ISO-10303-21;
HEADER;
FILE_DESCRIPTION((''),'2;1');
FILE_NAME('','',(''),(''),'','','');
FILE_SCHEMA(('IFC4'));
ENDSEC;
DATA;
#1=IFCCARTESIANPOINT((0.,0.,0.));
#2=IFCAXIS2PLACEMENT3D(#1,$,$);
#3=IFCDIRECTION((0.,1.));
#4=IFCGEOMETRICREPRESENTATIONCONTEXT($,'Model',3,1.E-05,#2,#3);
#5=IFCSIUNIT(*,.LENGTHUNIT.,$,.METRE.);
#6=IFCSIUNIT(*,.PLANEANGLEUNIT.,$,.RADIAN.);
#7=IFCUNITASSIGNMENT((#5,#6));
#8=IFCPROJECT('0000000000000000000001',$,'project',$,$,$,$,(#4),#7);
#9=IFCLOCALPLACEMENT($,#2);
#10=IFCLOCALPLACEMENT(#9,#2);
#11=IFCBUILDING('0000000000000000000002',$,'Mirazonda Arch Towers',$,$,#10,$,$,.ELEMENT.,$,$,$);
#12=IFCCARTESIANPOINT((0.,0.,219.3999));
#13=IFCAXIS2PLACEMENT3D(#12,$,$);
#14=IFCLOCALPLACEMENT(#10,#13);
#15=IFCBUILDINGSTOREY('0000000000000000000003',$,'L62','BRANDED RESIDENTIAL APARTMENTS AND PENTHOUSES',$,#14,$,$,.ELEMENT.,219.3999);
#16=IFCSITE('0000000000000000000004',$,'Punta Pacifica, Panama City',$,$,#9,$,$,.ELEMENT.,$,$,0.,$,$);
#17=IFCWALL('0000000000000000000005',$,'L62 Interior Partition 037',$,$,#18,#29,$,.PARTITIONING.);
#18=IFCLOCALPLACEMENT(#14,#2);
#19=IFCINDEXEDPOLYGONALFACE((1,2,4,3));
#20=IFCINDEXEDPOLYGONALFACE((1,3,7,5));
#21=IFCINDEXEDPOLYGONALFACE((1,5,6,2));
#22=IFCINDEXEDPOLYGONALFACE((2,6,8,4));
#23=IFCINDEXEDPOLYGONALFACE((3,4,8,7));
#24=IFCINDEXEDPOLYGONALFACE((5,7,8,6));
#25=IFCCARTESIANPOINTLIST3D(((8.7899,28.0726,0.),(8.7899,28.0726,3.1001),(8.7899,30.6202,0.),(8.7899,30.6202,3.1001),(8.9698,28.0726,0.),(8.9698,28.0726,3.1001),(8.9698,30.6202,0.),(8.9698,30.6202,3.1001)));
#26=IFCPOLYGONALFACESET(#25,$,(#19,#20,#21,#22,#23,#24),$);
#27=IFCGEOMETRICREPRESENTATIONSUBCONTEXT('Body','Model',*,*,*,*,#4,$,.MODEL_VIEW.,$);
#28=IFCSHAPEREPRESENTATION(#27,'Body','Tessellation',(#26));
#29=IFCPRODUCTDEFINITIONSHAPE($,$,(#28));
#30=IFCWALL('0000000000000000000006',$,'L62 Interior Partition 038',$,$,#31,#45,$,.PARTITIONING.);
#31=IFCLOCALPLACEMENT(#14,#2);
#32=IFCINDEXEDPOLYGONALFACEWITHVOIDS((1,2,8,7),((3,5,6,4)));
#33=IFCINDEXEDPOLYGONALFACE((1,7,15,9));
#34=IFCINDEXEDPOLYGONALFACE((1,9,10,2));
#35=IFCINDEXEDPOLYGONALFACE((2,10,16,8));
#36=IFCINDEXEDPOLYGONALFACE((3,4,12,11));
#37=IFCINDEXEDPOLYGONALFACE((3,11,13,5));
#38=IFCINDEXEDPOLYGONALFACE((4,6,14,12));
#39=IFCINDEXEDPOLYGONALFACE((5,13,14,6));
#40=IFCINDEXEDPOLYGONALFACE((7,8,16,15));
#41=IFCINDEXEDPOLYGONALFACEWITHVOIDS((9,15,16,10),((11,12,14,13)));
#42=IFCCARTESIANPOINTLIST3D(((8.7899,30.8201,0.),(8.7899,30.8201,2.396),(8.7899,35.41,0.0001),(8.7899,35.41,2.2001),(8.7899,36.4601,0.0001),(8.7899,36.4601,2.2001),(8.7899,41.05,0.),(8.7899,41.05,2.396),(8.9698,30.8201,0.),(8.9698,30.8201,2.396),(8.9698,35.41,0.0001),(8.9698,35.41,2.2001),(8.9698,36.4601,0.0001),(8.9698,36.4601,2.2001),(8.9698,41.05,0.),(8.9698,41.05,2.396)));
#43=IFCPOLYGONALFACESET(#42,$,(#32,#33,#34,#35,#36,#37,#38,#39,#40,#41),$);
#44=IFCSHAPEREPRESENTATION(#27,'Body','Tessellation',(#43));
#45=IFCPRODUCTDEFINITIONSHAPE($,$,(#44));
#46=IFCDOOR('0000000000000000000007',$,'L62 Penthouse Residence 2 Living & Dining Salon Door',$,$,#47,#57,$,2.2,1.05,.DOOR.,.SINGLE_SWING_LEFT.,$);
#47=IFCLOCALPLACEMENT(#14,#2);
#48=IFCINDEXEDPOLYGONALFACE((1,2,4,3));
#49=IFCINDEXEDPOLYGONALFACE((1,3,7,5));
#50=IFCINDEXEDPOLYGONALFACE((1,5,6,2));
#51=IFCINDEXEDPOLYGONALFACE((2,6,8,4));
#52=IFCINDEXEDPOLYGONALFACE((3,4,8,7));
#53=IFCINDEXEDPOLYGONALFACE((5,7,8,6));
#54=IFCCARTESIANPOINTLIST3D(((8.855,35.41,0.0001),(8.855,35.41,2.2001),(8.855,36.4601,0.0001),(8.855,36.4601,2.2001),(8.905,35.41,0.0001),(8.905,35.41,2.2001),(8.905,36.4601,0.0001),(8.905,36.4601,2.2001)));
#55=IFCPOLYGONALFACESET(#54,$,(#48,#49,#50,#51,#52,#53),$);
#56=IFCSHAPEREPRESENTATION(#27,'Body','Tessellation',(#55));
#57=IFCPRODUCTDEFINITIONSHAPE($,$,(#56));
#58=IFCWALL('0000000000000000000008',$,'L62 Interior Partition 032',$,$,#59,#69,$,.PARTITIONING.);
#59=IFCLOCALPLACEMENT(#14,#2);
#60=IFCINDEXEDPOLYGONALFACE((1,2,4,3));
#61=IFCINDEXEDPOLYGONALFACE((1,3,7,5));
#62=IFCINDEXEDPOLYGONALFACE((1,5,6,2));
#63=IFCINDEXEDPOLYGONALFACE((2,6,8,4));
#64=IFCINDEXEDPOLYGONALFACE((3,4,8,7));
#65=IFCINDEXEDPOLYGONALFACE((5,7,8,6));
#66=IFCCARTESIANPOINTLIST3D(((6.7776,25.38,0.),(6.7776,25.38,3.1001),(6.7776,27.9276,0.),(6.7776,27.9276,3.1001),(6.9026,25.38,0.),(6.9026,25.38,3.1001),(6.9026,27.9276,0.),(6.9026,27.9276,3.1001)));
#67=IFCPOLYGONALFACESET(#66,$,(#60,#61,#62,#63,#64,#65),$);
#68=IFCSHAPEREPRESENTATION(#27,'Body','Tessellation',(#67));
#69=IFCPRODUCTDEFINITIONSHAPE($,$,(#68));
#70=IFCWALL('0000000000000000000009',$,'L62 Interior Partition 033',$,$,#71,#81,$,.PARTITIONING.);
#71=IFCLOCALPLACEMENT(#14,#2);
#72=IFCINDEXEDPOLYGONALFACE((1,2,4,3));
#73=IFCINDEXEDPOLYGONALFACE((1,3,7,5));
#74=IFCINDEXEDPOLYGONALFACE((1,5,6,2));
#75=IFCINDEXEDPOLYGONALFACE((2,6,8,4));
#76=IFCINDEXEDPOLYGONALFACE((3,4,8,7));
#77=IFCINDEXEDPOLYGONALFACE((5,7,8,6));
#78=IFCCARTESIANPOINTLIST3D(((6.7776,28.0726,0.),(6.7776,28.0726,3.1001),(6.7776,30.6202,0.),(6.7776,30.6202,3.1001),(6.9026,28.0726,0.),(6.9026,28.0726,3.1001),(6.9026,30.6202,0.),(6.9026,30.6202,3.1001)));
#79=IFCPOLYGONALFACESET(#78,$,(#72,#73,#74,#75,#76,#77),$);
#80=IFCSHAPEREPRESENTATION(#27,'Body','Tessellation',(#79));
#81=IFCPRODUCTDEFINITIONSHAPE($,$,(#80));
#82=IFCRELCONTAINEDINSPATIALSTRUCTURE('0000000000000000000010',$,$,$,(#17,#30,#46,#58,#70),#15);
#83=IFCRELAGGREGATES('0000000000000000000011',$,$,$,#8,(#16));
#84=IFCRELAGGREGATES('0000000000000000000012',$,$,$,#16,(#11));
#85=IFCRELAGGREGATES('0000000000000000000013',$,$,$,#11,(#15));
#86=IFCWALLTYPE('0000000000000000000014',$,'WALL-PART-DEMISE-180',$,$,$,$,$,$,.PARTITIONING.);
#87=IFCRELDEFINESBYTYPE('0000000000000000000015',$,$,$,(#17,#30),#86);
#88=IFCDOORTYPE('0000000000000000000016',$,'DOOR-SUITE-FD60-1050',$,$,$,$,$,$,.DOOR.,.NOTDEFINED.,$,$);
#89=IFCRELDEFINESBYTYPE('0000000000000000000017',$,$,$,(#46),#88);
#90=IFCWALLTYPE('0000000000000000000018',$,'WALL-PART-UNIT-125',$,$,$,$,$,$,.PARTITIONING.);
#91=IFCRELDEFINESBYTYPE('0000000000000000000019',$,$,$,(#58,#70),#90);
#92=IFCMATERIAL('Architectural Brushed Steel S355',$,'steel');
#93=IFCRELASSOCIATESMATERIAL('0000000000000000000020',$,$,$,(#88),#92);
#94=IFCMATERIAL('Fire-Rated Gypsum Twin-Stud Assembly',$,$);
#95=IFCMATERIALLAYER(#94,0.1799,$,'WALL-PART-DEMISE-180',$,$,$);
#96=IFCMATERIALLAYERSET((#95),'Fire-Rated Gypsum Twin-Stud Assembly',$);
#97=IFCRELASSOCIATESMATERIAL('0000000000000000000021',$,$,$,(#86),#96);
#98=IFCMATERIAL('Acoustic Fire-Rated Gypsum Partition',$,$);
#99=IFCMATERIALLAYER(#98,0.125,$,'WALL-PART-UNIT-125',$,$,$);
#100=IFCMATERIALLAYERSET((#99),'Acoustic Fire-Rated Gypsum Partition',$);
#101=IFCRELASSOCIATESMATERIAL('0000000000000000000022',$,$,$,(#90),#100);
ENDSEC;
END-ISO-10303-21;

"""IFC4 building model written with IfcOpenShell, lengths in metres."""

from ifc_helpers import new_model, si_unit, direction, frame, frame_2d, origin, place, context, subcontext, project, spatial, rectangle, extrude, material, layer, layer_set, type_object, element, fill, save


model = new_model("IFC4")

# Units and contexts
model_context = context("Model", 3, precision=1e-05, world=origin(), true_north=direction((0.0, 1.0)))
body_context = subcontext(model_context, "Body", "Model", "MODEL_VIEW")
ifc_project = project(units=[si_unit("LENGTHUNIT", "METRE"), si_unit("PLANEANGLEUNIT", "RADIAN")], contexts=[model_context])

# Site, building, storey
site_placement = place(None, origin())
site = spatial("IfcSite", under=ifc_project, at=site_placement, Name="Punta Pacifica, Panama City", CompositionType="ELEMENT", RefElevation=0.0)
building_placement = place(site_placement, origin())
building = spatial("IfcBuilding", under=site, at=building_placement, Name="Mirazonda Arch Towers", CompositionType="ELEMENT")
storey_placement = place(building_placement, frame((0.0, 0.0, 219.3999)))
storey = spatial("IfcBuildingStorey", under=building, at=storey_placement, Name="L62", Description="BRANDED RESIDENTIAL APARTMENTS AND PENTHOUSES", CompositionType="ELEMENT", Elevation=219.3999)

# Shared definitions
ifc_material_1 = material(Name="Architectural Brushed Steel S355", Category="steel")

# Shared definitions
door_type_1 = type_object("IfcDoorType", Name="DOOR-SUITE-FD60-1050", OperationType="NOTDEFINED", PredefinedType="DOOR", material=ifc_material_1)

# Wall
ifc_material_2 = material(Name="Fire-Rated Gypsum Twin-Stud Assembly")
ifc_layer_1 = layer(ifc_material_2, 0.1799, Name="WALL-PART-DEMISE-180")
ifc_layer_set_1 = layer_set([ifc_layer_1], Name="Fire-Rated Gypsum Twin-Stud Assembly")
wall_type_1 = type_object("IfcWallType", Name="WALL-PART-DEMISE-180", PredefinedType="PARTITIONING", material=ifc_layer_set_1)
for number, where, z_axis, x_axis, name in (
    (1, (8.8799, 28.0725, 0.0), (0.0, 0.0, 1.0), (0.0, 1.0, 0.0), "L62 Interior Partition 037"),
):
    element("IfcWall", number, at=place(storey_placement, frame(where, z_axis=z_axis, x_axis=x_axis)), inside=storey, type_object=wall_type_1, Name=name, PredefinedType="PARTITIONING", context=body_context, shape_type="SweptSolid", body=[
        extrude(rectangle(XDim=2.5476, YDim=0.1799, at=frame_2d((1.2739, 0.0))), origin(), (0.0, 0.0, 1.0), 3.1001),
    ])

# Wall, opening, door
wall_1_placement = place(storey_placement, frame((8.8799, 30.8201, 0.0), z_axis=(0.0, 0.0, 1.0), x_axis=(0.0, 1.0, 0.0)))
wall_1 = element("IfcWall", 2, at=wall_1_placement, inside=storey, type_object=wall_type_1, Name="L62 Interior Partition 038", PredefinedType="PARTITIONING", context=body_context, shape_type="SweptSolid", body=[
    extrude(rectangle(XDim=10.23, YDim=0.1799, at=frame_2d((5.115, 0.0))), origin(), (0.0, 0.0, 1.0), 2.396),
])
opening_1_placement = place(wall_1_placement, frame((4.5901, 0.0, 0.0)))
opening_1 = element("IfcOpeningElement", 3, at=opening_1_placement, cuts=wall_1, PredefinedType="OPENING", context=body_context, shape_type="SweptSolid", body=[
    extrude(rectangle(XDim=1.05, YDim=2.2, at=frame_2d((0.5249, 1.1001))), frame((0.0, 0.0999, 0.0), z_axis=(0.0, -1.0, 0.0), x_axis=(1.0, 0.0, 0.0)), (0.0, 0.0, 1.0), 0.2),
])
door_1_placement = place(opening_1_placement, origin())
door_1 = element("IfcDoor", 4, at=door_1_placement, inside=storey, type_object=door_type_1, Name="L62 Penthouse Residence 2 Living & Dining Salon Door", OperationType="SINGLE_SWING_LEFT", OverallHeight=2.2, OverallWidth=1.05, PredefinedType="DOOR", context=body_context, shape_type="SweptSolid", body=[
    extrude(rectangle(XDim=1.05, YDim=2.2, at=frame_2d((0.5249, 1.1001))), frame((0.0, 0.0249, 0.0), z_axis=(0.0, -1.0, 0.0), x_axis=(1.0, 0.0, 0.0)), (0.0, 0.0, 1.0), 0.05),
])
fill(opening_1, door_1)

# Walls
ifc_material_3 = material(Name="Acoustic Fire-Rated Gypsum Partition")
ifc_layer_2 = layer(ifc_material_3, 0.125, Name="WALL-PART-UNIT-125")
ifc_layer_set_2 = layer_set([ifc_layer_2], Name="Acoustic Fire-Rated Gypsum Partition")
wall_type_2 = type_object("IfcWallType", Name="WALL-PART-UNIT-125", PredefinedType="PARTITIONING", material=ifc_layer_set_2)
for number, where, z_axis, x_axis, name in (
    (5, (6.8401, 25.3799, 0.0), (0.0, 0.0, 1.0), (0.0, 1.0, 0.0), "L62 Interior Partition 032"),
    (6, (6.8401, 28.0725, 0.0), (0.0, 0.0, 1.0), (0.0, 1.0, 0.0), "L62 Interior Partition 033"),
):
    element("IfcWall", number, at=place(storey_placement, frame(where, z_axis=z_axis, x_axis=x_axis)), inside=storey, type_object=wall_type_2, Name=name, PredefinedType="PARTITIONING", context=body_context, shape_type="SweptSolid", body=[
        extrude(rectangle(XDim=2.5476, YDim=0.125, at=frame_2d((1.2739, 0.0))), origin(), (0.0, 0.0, 1.0), 3.1001),
    ])

save(model, "model.ifc")
